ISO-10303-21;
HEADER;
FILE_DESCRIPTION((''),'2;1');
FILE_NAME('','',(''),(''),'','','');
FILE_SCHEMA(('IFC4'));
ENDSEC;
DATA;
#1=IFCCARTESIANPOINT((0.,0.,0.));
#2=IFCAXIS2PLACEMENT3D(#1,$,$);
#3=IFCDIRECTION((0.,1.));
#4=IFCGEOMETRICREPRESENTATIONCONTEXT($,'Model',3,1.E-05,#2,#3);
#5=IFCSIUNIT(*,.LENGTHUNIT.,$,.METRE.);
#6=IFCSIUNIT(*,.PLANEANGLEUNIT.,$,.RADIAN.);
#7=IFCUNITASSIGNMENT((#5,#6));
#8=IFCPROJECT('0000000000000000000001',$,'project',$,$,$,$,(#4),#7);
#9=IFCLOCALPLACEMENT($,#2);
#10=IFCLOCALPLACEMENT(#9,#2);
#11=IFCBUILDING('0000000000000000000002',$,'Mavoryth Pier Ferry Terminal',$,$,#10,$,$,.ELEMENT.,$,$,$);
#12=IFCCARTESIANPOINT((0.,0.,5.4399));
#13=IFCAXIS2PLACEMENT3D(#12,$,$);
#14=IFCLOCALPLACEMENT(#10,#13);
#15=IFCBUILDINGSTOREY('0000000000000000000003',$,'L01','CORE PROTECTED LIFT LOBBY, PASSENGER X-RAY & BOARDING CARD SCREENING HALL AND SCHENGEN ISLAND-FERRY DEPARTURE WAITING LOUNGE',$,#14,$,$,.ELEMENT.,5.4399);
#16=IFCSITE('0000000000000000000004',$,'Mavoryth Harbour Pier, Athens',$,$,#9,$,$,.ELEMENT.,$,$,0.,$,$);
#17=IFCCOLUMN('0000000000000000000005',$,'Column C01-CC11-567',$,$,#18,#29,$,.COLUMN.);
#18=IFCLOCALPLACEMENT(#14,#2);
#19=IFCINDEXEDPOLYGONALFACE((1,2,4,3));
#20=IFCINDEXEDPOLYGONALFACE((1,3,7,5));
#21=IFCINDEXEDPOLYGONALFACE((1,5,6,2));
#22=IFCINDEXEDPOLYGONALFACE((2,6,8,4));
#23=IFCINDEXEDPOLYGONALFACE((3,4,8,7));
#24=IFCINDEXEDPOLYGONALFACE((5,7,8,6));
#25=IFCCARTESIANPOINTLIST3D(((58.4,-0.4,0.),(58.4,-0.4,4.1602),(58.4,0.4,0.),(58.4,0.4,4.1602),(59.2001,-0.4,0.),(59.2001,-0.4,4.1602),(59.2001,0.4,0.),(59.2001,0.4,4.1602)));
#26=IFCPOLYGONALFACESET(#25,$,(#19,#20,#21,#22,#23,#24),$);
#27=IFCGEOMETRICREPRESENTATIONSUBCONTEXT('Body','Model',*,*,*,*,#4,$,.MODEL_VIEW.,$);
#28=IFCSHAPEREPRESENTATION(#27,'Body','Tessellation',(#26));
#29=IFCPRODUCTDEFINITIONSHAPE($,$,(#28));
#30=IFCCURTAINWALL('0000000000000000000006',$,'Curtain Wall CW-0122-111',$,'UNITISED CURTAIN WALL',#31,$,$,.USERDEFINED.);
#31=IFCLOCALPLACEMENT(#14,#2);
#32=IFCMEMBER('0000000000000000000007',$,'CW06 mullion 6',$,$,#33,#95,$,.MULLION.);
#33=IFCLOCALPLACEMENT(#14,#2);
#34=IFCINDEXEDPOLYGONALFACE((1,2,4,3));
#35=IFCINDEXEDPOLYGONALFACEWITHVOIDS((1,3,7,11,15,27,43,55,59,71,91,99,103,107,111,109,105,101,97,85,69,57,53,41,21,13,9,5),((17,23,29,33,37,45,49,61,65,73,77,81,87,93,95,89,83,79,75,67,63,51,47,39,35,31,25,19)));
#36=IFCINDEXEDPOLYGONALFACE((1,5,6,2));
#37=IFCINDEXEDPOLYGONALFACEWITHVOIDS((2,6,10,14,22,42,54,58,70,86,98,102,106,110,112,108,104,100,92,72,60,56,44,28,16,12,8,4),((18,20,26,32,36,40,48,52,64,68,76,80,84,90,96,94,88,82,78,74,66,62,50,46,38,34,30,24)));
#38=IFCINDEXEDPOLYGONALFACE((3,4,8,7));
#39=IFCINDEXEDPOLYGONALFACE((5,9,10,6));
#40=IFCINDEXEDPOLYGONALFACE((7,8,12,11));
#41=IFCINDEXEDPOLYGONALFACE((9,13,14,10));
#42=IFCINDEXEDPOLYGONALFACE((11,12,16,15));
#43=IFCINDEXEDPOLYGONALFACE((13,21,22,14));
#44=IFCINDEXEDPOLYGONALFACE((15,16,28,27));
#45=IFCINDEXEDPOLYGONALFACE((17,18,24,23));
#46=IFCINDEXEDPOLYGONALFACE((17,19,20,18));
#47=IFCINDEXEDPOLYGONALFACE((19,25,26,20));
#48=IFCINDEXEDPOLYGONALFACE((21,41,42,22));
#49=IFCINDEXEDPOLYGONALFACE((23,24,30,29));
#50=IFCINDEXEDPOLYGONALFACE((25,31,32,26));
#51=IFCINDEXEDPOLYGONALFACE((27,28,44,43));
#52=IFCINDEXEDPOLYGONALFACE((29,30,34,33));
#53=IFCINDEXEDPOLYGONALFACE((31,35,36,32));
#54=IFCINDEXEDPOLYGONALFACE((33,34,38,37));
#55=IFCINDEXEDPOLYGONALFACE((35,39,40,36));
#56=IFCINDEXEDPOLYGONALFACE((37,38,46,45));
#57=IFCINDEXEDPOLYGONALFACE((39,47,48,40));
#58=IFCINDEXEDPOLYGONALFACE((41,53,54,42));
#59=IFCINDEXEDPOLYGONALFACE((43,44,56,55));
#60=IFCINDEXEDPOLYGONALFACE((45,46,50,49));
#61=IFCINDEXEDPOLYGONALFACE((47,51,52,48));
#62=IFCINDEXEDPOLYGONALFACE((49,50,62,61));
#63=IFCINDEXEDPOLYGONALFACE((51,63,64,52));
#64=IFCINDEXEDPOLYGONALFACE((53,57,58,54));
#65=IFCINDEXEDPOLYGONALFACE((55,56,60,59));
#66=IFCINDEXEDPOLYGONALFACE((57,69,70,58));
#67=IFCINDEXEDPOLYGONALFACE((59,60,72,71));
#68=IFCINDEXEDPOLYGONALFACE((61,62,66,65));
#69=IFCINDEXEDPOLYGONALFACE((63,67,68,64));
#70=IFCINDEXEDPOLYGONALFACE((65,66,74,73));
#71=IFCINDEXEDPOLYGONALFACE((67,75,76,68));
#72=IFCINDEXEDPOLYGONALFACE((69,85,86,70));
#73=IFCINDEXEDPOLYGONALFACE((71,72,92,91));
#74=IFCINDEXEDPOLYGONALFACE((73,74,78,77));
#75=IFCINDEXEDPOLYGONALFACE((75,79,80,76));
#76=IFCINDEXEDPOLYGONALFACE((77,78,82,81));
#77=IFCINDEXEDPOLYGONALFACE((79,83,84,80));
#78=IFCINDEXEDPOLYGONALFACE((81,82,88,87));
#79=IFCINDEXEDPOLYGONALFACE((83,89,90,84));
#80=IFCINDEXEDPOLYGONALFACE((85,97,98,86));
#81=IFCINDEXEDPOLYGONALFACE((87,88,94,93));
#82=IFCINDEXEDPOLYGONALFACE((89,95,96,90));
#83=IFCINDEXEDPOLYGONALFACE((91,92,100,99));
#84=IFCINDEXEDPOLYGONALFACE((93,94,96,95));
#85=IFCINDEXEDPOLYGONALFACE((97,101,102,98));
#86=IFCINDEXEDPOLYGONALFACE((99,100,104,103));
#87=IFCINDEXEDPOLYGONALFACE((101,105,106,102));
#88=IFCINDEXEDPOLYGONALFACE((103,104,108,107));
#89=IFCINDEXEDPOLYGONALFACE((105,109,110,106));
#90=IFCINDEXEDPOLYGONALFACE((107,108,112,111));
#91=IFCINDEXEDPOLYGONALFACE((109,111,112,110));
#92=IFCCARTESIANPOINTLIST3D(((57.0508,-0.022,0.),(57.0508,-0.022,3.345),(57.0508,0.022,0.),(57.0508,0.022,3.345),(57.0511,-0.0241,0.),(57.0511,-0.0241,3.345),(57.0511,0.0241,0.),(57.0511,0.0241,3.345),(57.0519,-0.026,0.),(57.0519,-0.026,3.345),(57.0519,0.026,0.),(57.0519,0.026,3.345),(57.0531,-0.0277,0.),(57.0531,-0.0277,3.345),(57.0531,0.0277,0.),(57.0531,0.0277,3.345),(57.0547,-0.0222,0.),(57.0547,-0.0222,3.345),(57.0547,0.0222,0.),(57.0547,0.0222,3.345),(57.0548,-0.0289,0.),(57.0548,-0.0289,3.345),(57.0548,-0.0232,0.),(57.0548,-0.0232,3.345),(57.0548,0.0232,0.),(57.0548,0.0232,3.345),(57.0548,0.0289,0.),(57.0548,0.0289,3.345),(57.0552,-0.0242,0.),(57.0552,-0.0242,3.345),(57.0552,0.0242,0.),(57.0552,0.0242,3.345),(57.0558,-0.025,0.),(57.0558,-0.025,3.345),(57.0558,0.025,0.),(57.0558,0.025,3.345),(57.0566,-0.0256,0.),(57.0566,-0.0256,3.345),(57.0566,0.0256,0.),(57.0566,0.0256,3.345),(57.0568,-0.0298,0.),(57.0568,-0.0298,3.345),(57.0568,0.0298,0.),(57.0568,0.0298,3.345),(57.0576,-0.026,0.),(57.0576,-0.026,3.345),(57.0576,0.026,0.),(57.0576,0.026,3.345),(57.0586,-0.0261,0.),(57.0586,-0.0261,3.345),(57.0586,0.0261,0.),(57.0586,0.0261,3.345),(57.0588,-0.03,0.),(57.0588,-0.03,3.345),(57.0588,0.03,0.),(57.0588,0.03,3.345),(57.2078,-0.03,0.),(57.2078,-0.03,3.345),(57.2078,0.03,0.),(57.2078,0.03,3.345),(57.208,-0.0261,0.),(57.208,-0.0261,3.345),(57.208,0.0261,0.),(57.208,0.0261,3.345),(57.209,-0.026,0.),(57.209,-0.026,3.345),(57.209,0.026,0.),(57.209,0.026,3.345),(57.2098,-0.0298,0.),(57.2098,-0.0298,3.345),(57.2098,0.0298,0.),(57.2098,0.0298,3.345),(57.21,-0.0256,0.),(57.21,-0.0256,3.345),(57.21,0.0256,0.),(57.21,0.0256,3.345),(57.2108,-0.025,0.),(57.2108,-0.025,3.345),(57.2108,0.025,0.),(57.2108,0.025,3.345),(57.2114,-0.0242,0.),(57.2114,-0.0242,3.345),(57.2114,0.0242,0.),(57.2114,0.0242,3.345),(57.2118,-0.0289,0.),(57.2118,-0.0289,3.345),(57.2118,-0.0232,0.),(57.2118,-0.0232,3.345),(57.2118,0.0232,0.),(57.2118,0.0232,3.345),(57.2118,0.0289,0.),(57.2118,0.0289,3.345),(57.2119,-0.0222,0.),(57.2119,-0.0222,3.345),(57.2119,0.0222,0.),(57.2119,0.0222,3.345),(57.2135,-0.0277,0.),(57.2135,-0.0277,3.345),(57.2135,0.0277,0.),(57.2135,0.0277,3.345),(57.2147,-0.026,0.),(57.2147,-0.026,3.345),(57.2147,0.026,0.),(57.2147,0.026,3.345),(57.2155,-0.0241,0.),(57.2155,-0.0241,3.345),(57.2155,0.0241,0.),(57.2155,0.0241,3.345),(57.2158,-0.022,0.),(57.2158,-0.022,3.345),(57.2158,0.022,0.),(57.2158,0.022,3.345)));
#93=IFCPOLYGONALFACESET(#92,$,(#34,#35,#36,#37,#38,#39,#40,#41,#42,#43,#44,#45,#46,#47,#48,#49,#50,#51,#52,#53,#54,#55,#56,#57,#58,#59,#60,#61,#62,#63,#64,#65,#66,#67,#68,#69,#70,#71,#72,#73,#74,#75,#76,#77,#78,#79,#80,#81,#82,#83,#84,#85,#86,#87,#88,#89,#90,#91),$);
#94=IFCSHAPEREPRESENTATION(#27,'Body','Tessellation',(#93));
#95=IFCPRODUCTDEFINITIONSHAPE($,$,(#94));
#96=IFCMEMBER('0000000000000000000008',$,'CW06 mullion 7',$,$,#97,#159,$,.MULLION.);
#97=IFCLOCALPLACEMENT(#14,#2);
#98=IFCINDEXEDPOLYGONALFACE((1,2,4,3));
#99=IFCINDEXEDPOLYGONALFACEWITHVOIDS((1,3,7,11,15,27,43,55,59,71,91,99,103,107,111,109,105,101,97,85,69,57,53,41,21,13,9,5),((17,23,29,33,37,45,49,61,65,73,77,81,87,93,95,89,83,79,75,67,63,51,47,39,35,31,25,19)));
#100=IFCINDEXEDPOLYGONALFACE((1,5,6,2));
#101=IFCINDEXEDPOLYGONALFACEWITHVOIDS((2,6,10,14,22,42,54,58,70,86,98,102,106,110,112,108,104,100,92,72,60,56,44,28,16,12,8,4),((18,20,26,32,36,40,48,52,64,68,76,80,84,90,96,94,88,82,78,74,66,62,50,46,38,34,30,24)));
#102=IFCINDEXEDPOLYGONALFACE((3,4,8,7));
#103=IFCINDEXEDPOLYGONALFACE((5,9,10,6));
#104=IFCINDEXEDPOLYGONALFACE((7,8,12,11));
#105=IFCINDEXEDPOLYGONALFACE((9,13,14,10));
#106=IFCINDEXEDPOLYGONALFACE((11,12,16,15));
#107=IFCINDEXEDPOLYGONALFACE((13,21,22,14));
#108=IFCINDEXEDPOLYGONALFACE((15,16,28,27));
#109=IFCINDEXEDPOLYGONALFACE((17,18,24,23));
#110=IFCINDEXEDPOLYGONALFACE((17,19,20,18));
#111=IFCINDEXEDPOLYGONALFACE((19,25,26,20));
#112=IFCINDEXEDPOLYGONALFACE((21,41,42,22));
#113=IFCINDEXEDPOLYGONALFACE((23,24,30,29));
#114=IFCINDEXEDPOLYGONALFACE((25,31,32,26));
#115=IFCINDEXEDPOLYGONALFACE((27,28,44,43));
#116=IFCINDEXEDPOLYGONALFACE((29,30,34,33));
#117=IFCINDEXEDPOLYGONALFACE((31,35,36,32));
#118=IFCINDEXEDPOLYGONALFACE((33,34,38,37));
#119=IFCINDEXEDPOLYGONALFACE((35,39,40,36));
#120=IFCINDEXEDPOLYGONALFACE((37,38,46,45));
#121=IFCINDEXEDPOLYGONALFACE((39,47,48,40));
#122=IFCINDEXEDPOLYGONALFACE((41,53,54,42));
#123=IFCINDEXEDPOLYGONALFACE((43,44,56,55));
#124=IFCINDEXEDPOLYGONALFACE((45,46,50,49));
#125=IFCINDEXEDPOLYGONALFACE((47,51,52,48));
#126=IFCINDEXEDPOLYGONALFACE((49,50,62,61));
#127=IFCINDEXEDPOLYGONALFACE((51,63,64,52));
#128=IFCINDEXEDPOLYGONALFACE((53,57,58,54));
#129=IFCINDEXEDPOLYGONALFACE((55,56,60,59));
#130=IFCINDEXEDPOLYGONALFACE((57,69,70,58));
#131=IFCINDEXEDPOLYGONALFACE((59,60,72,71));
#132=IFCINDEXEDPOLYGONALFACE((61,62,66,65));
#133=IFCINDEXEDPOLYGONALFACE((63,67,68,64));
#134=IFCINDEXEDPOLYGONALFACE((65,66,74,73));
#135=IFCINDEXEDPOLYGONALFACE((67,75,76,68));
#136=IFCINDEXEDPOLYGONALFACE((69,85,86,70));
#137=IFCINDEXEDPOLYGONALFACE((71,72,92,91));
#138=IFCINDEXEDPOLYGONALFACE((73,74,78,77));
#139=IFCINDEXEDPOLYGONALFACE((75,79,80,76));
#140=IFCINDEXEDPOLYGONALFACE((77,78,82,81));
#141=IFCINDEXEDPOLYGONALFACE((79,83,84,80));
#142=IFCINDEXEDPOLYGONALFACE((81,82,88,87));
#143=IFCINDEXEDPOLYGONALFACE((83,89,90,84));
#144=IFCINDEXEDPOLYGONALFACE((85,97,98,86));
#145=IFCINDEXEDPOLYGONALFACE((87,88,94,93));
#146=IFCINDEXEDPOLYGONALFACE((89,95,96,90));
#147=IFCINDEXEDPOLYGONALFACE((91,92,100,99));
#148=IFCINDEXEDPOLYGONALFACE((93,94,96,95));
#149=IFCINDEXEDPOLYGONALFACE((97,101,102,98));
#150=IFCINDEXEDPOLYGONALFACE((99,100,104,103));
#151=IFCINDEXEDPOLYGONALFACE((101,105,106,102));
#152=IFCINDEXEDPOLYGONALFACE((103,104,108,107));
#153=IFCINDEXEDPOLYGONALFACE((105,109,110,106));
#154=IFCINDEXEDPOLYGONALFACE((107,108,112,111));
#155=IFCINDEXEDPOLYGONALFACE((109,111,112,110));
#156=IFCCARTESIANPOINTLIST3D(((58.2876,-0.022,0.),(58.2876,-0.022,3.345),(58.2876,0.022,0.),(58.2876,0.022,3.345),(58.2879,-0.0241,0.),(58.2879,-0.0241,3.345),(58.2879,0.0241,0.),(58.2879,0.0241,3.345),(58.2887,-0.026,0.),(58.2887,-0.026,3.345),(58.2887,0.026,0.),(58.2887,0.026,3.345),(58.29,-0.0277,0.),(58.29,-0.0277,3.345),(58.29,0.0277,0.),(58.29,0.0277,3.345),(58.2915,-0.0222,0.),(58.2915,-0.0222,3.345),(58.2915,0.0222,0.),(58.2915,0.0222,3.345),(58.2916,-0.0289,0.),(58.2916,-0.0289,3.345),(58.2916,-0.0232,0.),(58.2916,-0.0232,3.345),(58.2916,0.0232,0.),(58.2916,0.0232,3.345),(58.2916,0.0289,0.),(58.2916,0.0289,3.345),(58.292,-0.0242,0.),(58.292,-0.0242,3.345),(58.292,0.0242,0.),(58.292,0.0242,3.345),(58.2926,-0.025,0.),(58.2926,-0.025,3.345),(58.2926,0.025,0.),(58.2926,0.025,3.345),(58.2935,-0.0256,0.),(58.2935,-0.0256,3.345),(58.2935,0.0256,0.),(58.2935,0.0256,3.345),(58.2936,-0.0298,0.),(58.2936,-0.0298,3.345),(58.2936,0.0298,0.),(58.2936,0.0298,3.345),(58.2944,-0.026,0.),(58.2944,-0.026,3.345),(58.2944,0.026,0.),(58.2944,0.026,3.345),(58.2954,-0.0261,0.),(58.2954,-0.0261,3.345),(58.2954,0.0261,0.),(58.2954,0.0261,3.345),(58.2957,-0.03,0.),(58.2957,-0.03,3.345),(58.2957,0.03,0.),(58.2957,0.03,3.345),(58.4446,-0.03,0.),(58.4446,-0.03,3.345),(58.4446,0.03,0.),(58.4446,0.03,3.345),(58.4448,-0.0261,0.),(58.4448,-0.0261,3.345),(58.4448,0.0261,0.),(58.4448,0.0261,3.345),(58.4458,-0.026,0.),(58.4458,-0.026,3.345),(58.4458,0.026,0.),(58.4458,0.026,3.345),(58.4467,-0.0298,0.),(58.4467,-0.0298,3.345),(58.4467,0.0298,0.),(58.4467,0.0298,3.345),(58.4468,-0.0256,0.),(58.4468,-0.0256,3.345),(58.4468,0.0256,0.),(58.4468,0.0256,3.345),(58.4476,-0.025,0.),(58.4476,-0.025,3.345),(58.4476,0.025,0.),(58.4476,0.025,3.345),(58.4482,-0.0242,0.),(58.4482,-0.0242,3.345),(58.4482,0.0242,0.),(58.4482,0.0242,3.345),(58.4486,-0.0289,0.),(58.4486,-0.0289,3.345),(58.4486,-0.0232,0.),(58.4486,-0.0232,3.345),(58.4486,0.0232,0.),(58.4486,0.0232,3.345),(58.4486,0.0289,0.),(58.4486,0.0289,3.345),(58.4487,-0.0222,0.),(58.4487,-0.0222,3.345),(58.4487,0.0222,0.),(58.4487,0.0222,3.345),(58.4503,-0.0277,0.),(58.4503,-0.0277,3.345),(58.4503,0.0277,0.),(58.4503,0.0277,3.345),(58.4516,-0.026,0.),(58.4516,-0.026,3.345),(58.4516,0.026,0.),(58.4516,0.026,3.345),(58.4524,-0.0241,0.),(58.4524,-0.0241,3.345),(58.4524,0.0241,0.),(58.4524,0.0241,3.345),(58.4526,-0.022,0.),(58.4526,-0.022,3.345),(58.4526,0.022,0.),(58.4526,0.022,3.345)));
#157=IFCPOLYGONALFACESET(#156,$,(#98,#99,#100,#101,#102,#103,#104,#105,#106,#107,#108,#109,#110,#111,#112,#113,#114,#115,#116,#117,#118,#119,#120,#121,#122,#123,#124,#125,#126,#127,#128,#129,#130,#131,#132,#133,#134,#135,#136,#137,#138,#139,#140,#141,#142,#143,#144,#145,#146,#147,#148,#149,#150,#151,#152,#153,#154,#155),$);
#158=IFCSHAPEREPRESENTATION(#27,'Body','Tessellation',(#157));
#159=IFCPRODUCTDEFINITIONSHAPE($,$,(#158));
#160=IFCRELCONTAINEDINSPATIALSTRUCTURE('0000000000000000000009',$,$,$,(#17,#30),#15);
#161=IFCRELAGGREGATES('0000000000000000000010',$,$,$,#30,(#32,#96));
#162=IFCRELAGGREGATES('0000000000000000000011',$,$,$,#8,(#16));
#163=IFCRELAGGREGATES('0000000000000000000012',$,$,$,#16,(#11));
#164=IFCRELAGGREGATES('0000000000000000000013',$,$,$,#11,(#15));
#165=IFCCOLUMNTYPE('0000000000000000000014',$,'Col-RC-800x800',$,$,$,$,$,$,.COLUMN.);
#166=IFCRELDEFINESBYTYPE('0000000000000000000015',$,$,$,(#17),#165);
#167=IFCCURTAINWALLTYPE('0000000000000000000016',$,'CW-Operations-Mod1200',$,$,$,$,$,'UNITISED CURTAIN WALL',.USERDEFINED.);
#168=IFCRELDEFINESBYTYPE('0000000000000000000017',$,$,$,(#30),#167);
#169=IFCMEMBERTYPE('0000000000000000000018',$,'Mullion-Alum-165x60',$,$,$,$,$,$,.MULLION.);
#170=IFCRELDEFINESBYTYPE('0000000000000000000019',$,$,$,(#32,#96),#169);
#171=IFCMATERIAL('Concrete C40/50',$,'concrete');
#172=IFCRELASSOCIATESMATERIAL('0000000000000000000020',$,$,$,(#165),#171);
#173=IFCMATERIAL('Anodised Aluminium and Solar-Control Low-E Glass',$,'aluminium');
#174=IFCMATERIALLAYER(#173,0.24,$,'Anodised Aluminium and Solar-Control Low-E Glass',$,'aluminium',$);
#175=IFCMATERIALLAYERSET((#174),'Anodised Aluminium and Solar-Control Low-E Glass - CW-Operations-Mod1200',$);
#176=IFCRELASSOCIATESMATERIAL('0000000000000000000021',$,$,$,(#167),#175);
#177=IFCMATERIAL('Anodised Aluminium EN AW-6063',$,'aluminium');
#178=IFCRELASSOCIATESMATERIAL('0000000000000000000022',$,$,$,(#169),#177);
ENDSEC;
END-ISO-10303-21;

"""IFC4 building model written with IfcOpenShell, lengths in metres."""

from ifc_helpers import new_model, si_unit, direction, frame, origin, origin_2d, place, context, subcontext, project, spatial, rectangle, hollow_rectangle, extrude, material, layer, layer_set, material_profile, profile_set, type_object, element, aggregate, save


model = new_model("IFC4")

# Units and contexts
model_context = context("Model", 3, precision=1e-05, world=origin(), true_north=direction((0.0, 1.0)))
body_context = subcontext(model_context, "Body", "Model", "MODEL_VIEW")
ifc_project = project(units=[si_unit("LENGTHUNIT", "METRE"), si_unit("PLANEANGLEUNIT", "RADIAN")], contexts=[model_context])

# Site, building, storey
site_placement = place(None, origin())
site = spatial("IfcSite", under=ifc_project, at=site_placement, Name="Mavoryth Harbour Pier, Athens", CompositionType="ELEMENT", RefElevation=0.0)
building_placement = place(site_placement, origin())
building = spatial("IfcBuilding", under=site, at=building_placement, Name="Mavoryth Pier Ferry Terminal", CompositionType="ELEMENT")
storey_placement = place(building_placement, frame((0.0, 0.0, 5.4399)))
storey = spatial("IfcBuildingStorey", under=building, at=storey_placement, Name="L01", Description="CORE PROTECTED LIFT LOBBY, PASSENGER X-RAY & BOARDING CARD SCREENING HALL AND SCHENGEN ISLAND-FERRY DEPARTURE WAITING LOUNGE", CompositionType="ELEMENT", Elevation=5.4399)

# Column
ifc_material_1 = material(Name="Concrete C40/50", Category="concrete")
ifc_material_profile_1 = material_profile(ifc_material_1, rectangle(XDim=0.8, YDim=0.8, at=origin_2d()), Name="RC 800x800", Category="concrete")
ifc_profile_set_1 = profile_set([ifc_material_profile_1], Name="Concrete C40/50 - RC 800x800")
column_type = type_object("IfcColumnType", Name="Col-RC-800x800", PredefinedType="COLUMN", material=ifc_profile_set_1)
column_placement = place(storey_placement, frame((58.8, 0.0, 0.0), z_axis=(0.0, 0.0, 1.0), x_axis=(1.0, 0.0, 0.0)))
element("IfcColumn", 1, at=column_placement, inside=storey, type_object=column_type, Name="Column C01-CC11-567", PredefinedType="COLUMN", context=body_context, shape_type="SweptSolid", body=[
    extrude(rectangle(XDim=0.8, YDim=0.8, at=origin_2d()), origin(), (0.0, 0.0, 1.0), 4.1602),
])

# Curtain wall, members
ifc_material_2 = material(Name="Anodised Aluminium and Solar-Control Low-E Glass", Category="aluminium")
ifc_layer_1 = layer(ifc_material_2, 0.24, Name="Anodised Aluminium and Solar-Control Low-E Glass", Category="aluminium")
ifc_layer_set_1 = layer_set([ifc_layer_1], Name="Anodised Aluminium and Solar-Control Low-E Glass - CW-Operations-Mod1200")
curtain_wall_type = type_object("IfcCurtainWallType", Name="CW-Operations-Mod1200", ElementType="UNITISED CURTAIN WALL", PredefinedType="USERDEFINED", material=ifc_layer_set_1)
curtain_wall_1_placement = place(storey_placement, origin())
curtain_wall_1 = element("IfcCurtainWall", 2, at=curtain_wall_1_placement, inside=storey, type_object=curtain_wall_type, Name="Curtain Wall CW-0122-111", ObjectType="UNITISED CURTAIN WALL", PredefinedType="USERDEFINED")
ifc_material_3 = material(Name="Anodised Aluminium EN AW-6063", Category="aluminium")
ifc_material_profile_2 = material_profile(ifc_material_3, hollow_rectangle(XDim=0.0601, YDim=0.165, WallThickness=0.0039, InnerFilletRadius=0.0039, OuterFilletRadius=0.0081, at=origin_2d()), Name="AL-MULL 165x60x4", Category="aluminium")
ifc_profile_set_2 = profile_set([ifc_material_profile_2], Name="Anodised Aluminium EN AW-6063 - AL-MULL 165x60x4")
member_type_1 = type_object("IfcMemberType", Name="Mullion-Alum-165x60", PredefinedType="MULLION", material=ifc_profile_set_2)
member_1_placement = place(storey_placement, frame((57.1333, 0.0, 0.0), z_axis=(0.0, 0.0, 1.0), x_axis=(0.0, 1.0, 0.0)))
member_1 = element("IfcMember", 3, at=member_1_placement, type_object=member_type_1, Name="CW06 mullion 6", PredefinedType="MULLION", context=body_context, shape_type="SweptSolid", body=[
    extrude(hollow_rectangle(XDim=0.0601, YDim=0.165, WallThickness=0.0039, InnerFilletRadius=0.0039, OuterFilletRadius=0.0081, at=origin_2d()), origin(), (0.0, 0.0, 1.0), 3.345),
])
member_2_placement = place(storey_placement, frame((58.3701, 0.0, 0.0), z_axis=(0.0, 0.0, 1.0), x_axis=(0.0, 1.0, 0.0)))
member_2 = element("IfcMember", 4, at=member_2_placement, type_object=member_type_1, Name="CW06 mullion 7", PredefinedType="MULLION", context=body_context, shape_type="SweptSolid", body=[
    extrude(hollow_rectangle(XDim=0.0601, YDim=0.165, WallThickness=0.0039, InnerFilletRadius=0.0039, OuterFilletRadius=0.0081, at=origin_2d()), origin(), (0.0, 0.0, 1.0), 3.345),
])

aggregate(curtain_wall_1, [member_1, member_2])

save(model, "model.ifc")
